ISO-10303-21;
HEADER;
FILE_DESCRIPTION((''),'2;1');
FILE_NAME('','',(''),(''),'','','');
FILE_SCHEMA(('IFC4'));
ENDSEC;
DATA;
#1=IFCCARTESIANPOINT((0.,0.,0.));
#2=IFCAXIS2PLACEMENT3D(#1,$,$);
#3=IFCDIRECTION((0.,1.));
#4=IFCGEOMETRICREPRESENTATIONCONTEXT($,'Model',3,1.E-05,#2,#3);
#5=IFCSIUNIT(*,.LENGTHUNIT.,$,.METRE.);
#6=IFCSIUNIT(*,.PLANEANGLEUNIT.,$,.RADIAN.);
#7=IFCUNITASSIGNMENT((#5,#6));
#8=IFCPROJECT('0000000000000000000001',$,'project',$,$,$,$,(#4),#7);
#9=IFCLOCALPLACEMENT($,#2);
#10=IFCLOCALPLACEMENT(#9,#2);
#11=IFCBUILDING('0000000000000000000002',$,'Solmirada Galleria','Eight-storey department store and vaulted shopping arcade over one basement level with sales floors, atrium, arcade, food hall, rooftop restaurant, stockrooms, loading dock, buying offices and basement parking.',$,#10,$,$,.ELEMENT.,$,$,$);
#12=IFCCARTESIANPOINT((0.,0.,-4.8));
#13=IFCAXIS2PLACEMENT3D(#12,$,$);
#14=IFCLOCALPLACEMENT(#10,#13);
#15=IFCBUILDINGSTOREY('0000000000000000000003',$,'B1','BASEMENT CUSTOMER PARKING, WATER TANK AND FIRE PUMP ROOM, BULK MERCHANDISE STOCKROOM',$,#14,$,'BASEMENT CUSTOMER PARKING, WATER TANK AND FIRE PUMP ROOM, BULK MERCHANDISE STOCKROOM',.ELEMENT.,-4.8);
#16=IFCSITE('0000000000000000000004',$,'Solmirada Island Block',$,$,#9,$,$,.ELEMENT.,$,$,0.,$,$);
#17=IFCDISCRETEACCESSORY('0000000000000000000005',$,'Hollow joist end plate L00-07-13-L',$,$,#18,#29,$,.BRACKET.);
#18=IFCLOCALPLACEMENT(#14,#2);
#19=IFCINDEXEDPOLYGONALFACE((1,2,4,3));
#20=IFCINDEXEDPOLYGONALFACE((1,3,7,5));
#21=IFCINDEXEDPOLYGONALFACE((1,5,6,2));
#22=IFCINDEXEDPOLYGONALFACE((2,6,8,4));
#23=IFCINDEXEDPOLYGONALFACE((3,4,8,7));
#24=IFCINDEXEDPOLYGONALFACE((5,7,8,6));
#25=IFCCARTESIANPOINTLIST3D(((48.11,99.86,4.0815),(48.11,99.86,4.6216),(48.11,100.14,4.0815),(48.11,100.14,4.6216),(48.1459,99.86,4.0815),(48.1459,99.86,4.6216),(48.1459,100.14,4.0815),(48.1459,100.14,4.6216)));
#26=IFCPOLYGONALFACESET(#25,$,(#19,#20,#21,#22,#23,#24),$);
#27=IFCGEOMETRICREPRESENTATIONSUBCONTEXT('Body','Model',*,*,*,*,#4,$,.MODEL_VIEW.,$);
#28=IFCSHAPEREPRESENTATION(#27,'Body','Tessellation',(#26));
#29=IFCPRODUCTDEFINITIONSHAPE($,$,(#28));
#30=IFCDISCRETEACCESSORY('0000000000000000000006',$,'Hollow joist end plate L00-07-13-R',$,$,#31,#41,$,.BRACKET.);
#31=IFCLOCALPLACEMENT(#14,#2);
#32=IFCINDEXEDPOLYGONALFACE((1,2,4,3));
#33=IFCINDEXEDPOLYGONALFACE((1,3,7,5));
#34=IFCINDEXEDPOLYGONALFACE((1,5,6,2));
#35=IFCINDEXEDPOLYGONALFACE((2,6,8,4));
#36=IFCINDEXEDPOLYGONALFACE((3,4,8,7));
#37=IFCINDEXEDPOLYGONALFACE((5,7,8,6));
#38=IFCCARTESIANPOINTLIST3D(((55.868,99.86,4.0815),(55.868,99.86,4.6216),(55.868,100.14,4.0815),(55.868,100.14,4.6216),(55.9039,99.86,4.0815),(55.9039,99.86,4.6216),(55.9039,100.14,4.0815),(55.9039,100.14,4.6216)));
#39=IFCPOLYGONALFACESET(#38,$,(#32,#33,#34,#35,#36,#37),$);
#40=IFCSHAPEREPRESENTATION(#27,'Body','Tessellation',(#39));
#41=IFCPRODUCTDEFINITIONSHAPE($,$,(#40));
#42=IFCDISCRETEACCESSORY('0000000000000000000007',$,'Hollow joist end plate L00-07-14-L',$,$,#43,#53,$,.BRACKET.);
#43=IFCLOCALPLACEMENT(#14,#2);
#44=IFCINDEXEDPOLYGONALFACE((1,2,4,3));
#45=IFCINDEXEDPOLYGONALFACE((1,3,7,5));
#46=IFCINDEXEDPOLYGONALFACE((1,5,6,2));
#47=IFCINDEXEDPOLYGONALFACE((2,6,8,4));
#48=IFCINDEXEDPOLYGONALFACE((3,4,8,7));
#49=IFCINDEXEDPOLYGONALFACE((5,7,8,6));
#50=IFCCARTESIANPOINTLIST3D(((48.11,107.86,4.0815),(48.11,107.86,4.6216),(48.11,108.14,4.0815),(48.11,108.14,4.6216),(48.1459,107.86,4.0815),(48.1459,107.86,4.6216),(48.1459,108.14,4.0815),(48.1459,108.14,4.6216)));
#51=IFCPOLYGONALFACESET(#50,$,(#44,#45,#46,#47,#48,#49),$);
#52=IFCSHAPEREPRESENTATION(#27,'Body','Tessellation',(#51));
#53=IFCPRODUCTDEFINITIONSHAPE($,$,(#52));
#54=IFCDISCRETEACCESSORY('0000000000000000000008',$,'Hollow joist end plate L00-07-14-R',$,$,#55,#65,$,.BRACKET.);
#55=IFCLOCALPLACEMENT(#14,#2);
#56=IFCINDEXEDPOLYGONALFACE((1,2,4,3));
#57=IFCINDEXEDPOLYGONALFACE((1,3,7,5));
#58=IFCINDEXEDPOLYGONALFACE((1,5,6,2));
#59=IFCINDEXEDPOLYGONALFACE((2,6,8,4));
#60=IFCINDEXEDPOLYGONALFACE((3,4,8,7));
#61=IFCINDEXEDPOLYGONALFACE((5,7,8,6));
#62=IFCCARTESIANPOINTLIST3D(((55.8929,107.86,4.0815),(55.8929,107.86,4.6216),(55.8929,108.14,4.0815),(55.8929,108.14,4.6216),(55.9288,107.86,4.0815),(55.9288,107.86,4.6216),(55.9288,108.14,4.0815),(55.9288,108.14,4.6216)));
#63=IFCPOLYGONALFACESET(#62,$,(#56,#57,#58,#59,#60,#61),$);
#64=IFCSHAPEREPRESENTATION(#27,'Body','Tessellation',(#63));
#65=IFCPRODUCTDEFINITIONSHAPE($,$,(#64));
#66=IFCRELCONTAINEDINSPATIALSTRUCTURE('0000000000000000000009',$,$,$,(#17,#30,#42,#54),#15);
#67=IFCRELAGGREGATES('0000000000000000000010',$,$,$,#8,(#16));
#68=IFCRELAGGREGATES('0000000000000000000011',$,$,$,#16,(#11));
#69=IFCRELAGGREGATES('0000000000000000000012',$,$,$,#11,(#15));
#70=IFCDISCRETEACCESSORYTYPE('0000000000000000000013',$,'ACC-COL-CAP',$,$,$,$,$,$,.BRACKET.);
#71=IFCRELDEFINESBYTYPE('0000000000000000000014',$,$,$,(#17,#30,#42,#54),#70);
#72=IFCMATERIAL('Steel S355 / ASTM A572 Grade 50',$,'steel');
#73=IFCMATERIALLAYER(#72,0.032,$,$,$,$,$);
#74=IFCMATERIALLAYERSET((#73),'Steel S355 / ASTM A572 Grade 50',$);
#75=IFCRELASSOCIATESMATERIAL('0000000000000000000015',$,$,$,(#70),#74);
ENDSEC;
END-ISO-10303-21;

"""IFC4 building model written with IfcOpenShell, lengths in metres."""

from ifc_helpers import new_model, si_unit, direction, frame, origin, origin_2d, place, context, subcontext, project, spatial, rectangle, extrude, material, layer, layer_set, type_object, element, save


model = new_model("IFC4")

# Units and contexts
model_context = context("Model", 3, precision=1e-05, world=origin(), true_north=direction((0.0, 1.0)))
body_context = subcontext(model_context, "Body", "Model", "MODEL_VIEW")
ifc_project = project(units=[si_unit("LENGTHUNIT", "METRE"), si_unit("PLANEANGLEUNIT", "RADIAN")], contexts=[model_context])

# Site, building, storey
site_placement = place(None, origin())
site = spatial("IfcSite", under=ifc_project, at=site_placement, Name="Solmirada Island Block", CompositionType="ELEMENT", RefElevation=0.0)
building_placement = place(site_placement, origin())
building = spatial("IfcBuilding", under=site, at=building_placement, Name="Solmirada Galleria", Description="Eight-storey department store and vaulted shopping arcade over one basement level with sales floors, atrium, arcade, food hall, rooftop restaurant, stockrooms, loading dock, buying offices and basement parking.", CompositionType="ELEMENT")
storey_placement = place(building_placement, frame((0.0, 0.0, -4.8)))
storey = spatial("IfcBuildingStorey", under=building, at=storey_placement, Name="B1", Description="BASEMENT CUSTOMER PARKING, WATER TANK AND FIRE PUMP ROOM, BULK MERCHANDISE STOCKROOM", LongName="BASEMENT CUSTOMER PARKING, WATER TANK AND FIRE PUMP ROOM, BULK MERCHANDISE STOCKROOM", CompositionType="ELEMENT", Elevation=-4.8)

# Discrete accessories
ifc_material_1 = material(Name="Steel S355 / ASTM A572 Grade 50", Category="steel")
ifc_layer_1 = layer(ifc_material_1, 0.032)
ifc_layer_set_1 = layer_set([ifc_layer_1], Name="Steel S355 / ASTM A572 Grade 50")
discrete_accessory_type_1 = type_object("IfcDiscreteAccessoryType", Name="ACC-COL-CAP", PredefinedType="BRACKET", material=ifc_layer_set_1)
for number, where, z_axis, x_axis, name in (
    (1, (48.1279, 100.0, 4.0815), (0.0, 0.0, 1.0), (1.0, 0.0, 0.0), "Hollow joist end plate L00-07-13-L"),
    (2, (55.886, 100.0, 4.0815), (0.0, 0.0, 1.0), (1.0, 0.0, 0.0), "Hollow joist end plate L00-07-13-R"),
    (3, (48.1279, 108.0, 4.0815), (0.0, 0.0, 1.0), (1.0, 0.0, 0.0), "Hollow joist end plate L00-07-14-L"),
    (4, (55.9109, 108.0, 4.0815), (0.0, 0.0, 1.0), (1.0, 0.0, 0.0), "Hollow joist end plate L00-07-14-R"),
):
    element("IfcDiscreteAccessory", number, at=place(storey_placement, frame(where, z_axis=z_axis, x_axis=x_axis)), inside=storey, type_object=discrete_accessory_type_1, Name=name, PredefinedType="BRACKET", context=body_context, shape_type="SweptSolid", body=[
        extrude(rectangle(XDim=0.0359, YDim=0.28, at=origin_2d()), origin(), (0.0, 0.0, 1.0), 0.54),
    ])

save(model, "model.ifc")
